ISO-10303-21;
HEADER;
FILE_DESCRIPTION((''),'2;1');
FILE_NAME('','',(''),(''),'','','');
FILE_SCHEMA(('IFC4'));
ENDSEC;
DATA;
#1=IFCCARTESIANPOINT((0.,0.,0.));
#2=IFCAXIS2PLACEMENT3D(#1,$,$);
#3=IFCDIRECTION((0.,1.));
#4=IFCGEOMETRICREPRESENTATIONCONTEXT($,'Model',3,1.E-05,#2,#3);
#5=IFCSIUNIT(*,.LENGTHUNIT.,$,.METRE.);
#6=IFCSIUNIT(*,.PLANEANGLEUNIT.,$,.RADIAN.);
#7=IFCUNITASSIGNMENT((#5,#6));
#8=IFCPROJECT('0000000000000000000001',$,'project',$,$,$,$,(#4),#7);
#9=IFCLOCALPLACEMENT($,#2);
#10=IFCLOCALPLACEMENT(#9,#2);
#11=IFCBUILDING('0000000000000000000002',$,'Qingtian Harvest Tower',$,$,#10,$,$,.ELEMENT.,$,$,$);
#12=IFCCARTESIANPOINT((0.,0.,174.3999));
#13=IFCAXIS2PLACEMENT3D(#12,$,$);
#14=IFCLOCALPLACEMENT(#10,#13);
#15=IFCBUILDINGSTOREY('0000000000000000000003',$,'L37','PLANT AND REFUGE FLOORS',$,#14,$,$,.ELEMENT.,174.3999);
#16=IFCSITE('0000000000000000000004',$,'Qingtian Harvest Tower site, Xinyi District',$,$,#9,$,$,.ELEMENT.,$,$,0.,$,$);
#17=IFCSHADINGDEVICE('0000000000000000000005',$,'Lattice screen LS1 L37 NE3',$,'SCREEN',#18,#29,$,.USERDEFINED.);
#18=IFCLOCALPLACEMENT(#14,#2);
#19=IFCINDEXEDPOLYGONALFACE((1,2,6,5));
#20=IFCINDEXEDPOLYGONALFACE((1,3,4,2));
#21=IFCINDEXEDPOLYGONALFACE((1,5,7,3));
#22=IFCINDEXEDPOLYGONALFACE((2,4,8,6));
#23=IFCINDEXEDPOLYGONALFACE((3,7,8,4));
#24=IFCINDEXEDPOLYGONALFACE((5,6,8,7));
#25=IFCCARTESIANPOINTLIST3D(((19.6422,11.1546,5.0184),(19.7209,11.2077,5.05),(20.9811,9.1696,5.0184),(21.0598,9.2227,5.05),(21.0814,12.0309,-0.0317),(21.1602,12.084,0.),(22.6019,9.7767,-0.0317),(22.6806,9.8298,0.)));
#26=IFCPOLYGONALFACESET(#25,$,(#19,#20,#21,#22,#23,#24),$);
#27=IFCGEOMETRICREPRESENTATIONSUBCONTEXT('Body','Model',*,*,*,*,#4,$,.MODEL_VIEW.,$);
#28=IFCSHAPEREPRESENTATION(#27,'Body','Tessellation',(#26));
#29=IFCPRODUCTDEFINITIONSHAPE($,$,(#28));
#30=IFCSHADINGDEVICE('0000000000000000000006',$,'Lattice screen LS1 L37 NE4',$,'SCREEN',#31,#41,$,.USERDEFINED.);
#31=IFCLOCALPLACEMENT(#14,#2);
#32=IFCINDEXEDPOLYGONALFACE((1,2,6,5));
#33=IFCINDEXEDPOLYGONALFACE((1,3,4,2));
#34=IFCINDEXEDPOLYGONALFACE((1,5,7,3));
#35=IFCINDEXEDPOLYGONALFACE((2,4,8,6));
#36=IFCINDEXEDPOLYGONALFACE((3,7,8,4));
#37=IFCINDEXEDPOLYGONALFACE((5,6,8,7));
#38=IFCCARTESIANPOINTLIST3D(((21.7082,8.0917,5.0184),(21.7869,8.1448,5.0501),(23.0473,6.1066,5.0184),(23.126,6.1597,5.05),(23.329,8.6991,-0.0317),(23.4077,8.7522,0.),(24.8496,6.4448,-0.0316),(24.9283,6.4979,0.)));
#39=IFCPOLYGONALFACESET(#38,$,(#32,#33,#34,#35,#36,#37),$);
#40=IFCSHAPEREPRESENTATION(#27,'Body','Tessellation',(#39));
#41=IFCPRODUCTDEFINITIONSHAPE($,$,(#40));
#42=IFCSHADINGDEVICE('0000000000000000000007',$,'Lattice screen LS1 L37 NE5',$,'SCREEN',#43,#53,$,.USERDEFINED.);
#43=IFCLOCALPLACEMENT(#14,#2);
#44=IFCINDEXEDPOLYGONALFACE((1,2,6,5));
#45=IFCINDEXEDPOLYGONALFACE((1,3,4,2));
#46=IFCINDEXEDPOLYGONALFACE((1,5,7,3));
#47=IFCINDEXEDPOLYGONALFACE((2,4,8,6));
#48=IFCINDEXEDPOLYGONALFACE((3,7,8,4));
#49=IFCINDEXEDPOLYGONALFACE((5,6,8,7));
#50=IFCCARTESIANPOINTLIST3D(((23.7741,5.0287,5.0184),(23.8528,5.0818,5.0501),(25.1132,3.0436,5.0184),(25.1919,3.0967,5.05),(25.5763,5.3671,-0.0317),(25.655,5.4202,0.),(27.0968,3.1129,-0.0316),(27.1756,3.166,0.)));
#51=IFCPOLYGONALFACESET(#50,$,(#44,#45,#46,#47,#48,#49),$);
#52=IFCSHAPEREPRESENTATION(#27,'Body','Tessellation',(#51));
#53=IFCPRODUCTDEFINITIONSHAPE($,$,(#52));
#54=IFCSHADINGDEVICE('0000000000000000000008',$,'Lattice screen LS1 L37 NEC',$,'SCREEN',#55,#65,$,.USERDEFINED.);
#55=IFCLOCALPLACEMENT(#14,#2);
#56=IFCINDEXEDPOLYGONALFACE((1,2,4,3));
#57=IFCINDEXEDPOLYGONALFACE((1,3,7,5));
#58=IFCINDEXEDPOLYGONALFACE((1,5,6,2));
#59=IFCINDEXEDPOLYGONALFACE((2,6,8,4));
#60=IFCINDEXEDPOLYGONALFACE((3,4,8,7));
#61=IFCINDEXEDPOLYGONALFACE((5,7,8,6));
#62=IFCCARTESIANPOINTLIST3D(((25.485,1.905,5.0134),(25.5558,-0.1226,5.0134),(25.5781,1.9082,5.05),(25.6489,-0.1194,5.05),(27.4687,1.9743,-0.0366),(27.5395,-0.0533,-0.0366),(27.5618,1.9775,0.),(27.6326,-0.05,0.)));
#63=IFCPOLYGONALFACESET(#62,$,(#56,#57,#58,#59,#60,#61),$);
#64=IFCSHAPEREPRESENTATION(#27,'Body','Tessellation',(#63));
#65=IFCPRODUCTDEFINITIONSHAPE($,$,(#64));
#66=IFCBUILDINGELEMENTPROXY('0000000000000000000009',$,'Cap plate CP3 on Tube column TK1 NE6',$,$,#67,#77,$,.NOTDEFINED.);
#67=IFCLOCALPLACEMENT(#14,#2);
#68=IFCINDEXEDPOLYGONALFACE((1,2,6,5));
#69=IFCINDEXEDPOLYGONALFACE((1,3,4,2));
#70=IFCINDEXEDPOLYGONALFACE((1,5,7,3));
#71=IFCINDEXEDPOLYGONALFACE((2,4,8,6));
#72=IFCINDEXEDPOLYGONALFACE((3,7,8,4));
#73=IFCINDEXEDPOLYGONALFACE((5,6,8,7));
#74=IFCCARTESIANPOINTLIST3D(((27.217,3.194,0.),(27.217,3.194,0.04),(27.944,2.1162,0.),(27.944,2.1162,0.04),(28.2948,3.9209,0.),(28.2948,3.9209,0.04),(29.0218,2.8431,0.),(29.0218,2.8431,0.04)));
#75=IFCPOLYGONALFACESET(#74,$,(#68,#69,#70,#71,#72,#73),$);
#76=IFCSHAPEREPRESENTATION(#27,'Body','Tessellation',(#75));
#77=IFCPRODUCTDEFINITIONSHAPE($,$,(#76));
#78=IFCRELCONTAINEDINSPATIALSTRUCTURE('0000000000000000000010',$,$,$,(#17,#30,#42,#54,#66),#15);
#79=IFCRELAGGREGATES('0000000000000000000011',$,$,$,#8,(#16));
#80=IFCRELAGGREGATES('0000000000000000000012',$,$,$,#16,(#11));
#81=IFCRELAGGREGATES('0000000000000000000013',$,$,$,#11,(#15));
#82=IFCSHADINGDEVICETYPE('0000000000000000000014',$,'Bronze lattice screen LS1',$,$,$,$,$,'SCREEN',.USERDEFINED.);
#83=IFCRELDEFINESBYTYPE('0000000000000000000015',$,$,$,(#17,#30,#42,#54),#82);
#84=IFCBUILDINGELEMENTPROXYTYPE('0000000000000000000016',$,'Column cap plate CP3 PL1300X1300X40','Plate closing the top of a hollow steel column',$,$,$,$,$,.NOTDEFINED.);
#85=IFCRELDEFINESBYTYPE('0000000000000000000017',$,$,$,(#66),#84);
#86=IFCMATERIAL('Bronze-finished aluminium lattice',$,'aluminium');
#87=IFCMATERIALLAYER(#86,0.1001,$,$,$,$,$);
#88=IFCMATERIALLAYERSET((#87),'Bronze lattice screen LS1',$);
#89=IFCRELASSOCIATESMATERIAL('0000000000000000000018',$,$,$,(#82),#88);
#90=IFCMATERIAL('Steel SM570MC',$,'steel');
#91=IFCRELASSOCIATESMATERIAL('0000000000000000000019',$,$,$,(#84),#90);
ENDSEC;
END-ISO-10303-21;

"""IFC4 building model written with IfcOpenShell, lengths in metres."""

from ifc_helpers import new_model, si_unit, direction, frame, origin, origin_2d, place, context, subcontext, project, spatial, polyline, rectangle, outline, extrude, material, layer, layer_set, material_profile, profile_set, type_object, element, save


model = new_model("IFC4")

# Units and contexts
model_context = context("Model", 3, precision=1e-05, world=origin(), true_north=direction((0.0, 1.0)))
body_context = subcontext(model_context, "Body", "Model", "MODEL_VIEW")
ifc_project = project(units=[si_unit("LENGTHUNIT", "METRE"), si_unit("PLANEANGLEUNIT", "RADIAN")], contexts=[model_context])

# Site, building, storey
site_placement = place(None, origin())
site = spatial("IfcSite", under=ifc_project, at=site_placement, Name="Qingtian Harvest Tower site, Xinyi District", CompositionType="ELEMENT", RefElevation=0.0)
building_placement = place(site_placement, origin())
building = spatial("IfcBuilding", under=site, at=building_placement, Name="Qingtian Harvest Tower", CompositionType="ELEMENT")
storey_placement = place(building_placement, frame((0.0, 0.0, 174.3999)))
storey = spatial("IfcBuildingStorey", under=building, at=storey_placement, Name="L37", Description="PLANT AND REFUGE FLOORS", CompositionType="ELEMENT", Elevation=174.3999)

# Shading devices
ifc_material_1 = material(Name="Bronze-finished aluminium lattice", Category="aluminium")
ifc_layer_1 = layer(ifc_material_1, 0.1001)
ifc_layer_set_1 = layer_set([ifc_layer_1], Name="Bronze lattice screen LS1")
shading_device_type = type_object("IfcShadingDeviceType", Name="Bronze lattice screen LS1", ElementType="SCREEN", PredefinedType="USERDEFINED", material=ifc_layer_set_1)
shading_device_1_placement = place(storey_placement, frame((21.1602, 12.084, 0.0), z_axis=(0.786504, 0.530496, 0.316204), x_axis=(0.55919, -0.82904, -0.000008)))
element("IfcShadingDevice", 1, at=shading_device_1_placement, inside=storey, type_object=shading_device_type, Name="Lattice screen LS1 L37 NE3", ObjectType="SCREEN", PredefinedType="USERDEFINED", context=body_context, shape_type="SweptSolid", body=[
    extrude(outline(polyline([(0.0, 0.0), (2.719, 0.0), (2.316, -5.3232), (-0.0784, -5.3232), (0.0, 0.0)])), origin(), (0.0, 0.0, -1.0), 0.1001),
])
shading_device_2_placement = place(storey_placement, frame((23.4077, 8.7522, 0.0), z_axis=(0.786493, 0.530503, 0.316221), x_axis=(0.559195, -0.829036, 0.000011)))
element("IfcShadingDevice", 2, at=shading_device_2_placement, inside=storey, type_object=shading_device_type, Name="Lattice screen LS1 L37 NE4", ObjectType="SCREEN", PredefinedType="USERDEFINED", context=body_context, shape_type="SweptSolid", body=[
    extrude(outline(polyline([(0.0, 0.0), (2.7192, 0.0), (1.9918, -5.3232), (-0.4027, -5.3232), (0.0, 0.0)])), origin(), (0.0, 0.0, -1.0), 0.1001),
])
shading_device_3_placement = place(storey_placement, frame((25.655, 5.4202, 0.0), z_axis=(0.786479, 0.530525, 0.316217), x_axis=(0.559219, -0.82902, 0.000004)))
element("IfcShadingDevice", 3, at=shading_device_3_placement, inside=storey, type_object=shading_device_type, Name="Lattice screen LS1 L37 NE5", ObjectType="SCREEN", PredefinedType="USERDEFINED", context=body_context, shape_type="SweptSolid", body=[
    extrude(outline(polyline([(0.0, 0.0), (2.719, 0.0), (1.6672, -5.3232), (-0.7273, -5.3232), (0.0, 0.0)])), origin(), (0.0, 0.0, -1.0), 0.1001),
])
shading_device_4_placement = place(storey_placement, frame((27.5618, 1.9775, 0.0), z_axis=(0.930128, 0.032479, 0.365797), x_axis=(0.034897, -0.999391, 0.0)))
element("IfcShadingDevice", 4, at=shading_device_4_placement, inside=storey, type_object=shading_device_type, Name="Lattice screen LS1 L37 NEC", ObjectType="SCREEN", PredefinedType="USERDEFINED", context=body_context, shape_type="SweptSolid", body=[
    extrude(outline(polyline([(0.0, 0.0), (2.0288, 0.0), (2.0289, -5.4261), (0.0001, -5.4261), (0.0, 0.0)])), origin(), (0.0, 0.0, -1.0), 0.1001),
])

# Building element proxy
ifc_material_2 = material(Name="Steel SM570MC", Category="steel")
ifc_material_profile_1 = material_profile(ifc_material_2, rectangle(XDim=1.3, YDim=1.3, at=origin_2d()), Name="PL1300X1300X40")
ifc_profile_set_1 = profile_set([ifc_material_profile_1], Name="Steel SM570MC")
building_element_proxy_type = type_object("IfcBuildingElementProxyType", Name="Column cap plate CP3 PL1300X1300X40", Description="Plate closing the top of a hollow steel column", PredefinedType="NOTDEFINED", material=ifc_profile_set_1)
proxy_placement = place(storey_placement, frame((28.1194, 3.0186, 0.0), z_axis=(0.0, 0.0, 1.0), x_axis=(-0.559193, 0.829038, 0.0)))
element("IfcBuildingElementProxy", 5, at=proxy_placement, inside=storey, type_object=building_element_proxy_type, Name="Cap plate CP3 on Tube column TK1 NE6", PredefinedType="NOTDEFINED", context=body_context, shape_type="SweptSolid", body=[
    extrude(rectangle(XDim=1.3, YDim=1.3, at=origin_2d()), origin(), (0.0, 0.0, 1.0), 0.04),
])

save(model, "model.ifc")
